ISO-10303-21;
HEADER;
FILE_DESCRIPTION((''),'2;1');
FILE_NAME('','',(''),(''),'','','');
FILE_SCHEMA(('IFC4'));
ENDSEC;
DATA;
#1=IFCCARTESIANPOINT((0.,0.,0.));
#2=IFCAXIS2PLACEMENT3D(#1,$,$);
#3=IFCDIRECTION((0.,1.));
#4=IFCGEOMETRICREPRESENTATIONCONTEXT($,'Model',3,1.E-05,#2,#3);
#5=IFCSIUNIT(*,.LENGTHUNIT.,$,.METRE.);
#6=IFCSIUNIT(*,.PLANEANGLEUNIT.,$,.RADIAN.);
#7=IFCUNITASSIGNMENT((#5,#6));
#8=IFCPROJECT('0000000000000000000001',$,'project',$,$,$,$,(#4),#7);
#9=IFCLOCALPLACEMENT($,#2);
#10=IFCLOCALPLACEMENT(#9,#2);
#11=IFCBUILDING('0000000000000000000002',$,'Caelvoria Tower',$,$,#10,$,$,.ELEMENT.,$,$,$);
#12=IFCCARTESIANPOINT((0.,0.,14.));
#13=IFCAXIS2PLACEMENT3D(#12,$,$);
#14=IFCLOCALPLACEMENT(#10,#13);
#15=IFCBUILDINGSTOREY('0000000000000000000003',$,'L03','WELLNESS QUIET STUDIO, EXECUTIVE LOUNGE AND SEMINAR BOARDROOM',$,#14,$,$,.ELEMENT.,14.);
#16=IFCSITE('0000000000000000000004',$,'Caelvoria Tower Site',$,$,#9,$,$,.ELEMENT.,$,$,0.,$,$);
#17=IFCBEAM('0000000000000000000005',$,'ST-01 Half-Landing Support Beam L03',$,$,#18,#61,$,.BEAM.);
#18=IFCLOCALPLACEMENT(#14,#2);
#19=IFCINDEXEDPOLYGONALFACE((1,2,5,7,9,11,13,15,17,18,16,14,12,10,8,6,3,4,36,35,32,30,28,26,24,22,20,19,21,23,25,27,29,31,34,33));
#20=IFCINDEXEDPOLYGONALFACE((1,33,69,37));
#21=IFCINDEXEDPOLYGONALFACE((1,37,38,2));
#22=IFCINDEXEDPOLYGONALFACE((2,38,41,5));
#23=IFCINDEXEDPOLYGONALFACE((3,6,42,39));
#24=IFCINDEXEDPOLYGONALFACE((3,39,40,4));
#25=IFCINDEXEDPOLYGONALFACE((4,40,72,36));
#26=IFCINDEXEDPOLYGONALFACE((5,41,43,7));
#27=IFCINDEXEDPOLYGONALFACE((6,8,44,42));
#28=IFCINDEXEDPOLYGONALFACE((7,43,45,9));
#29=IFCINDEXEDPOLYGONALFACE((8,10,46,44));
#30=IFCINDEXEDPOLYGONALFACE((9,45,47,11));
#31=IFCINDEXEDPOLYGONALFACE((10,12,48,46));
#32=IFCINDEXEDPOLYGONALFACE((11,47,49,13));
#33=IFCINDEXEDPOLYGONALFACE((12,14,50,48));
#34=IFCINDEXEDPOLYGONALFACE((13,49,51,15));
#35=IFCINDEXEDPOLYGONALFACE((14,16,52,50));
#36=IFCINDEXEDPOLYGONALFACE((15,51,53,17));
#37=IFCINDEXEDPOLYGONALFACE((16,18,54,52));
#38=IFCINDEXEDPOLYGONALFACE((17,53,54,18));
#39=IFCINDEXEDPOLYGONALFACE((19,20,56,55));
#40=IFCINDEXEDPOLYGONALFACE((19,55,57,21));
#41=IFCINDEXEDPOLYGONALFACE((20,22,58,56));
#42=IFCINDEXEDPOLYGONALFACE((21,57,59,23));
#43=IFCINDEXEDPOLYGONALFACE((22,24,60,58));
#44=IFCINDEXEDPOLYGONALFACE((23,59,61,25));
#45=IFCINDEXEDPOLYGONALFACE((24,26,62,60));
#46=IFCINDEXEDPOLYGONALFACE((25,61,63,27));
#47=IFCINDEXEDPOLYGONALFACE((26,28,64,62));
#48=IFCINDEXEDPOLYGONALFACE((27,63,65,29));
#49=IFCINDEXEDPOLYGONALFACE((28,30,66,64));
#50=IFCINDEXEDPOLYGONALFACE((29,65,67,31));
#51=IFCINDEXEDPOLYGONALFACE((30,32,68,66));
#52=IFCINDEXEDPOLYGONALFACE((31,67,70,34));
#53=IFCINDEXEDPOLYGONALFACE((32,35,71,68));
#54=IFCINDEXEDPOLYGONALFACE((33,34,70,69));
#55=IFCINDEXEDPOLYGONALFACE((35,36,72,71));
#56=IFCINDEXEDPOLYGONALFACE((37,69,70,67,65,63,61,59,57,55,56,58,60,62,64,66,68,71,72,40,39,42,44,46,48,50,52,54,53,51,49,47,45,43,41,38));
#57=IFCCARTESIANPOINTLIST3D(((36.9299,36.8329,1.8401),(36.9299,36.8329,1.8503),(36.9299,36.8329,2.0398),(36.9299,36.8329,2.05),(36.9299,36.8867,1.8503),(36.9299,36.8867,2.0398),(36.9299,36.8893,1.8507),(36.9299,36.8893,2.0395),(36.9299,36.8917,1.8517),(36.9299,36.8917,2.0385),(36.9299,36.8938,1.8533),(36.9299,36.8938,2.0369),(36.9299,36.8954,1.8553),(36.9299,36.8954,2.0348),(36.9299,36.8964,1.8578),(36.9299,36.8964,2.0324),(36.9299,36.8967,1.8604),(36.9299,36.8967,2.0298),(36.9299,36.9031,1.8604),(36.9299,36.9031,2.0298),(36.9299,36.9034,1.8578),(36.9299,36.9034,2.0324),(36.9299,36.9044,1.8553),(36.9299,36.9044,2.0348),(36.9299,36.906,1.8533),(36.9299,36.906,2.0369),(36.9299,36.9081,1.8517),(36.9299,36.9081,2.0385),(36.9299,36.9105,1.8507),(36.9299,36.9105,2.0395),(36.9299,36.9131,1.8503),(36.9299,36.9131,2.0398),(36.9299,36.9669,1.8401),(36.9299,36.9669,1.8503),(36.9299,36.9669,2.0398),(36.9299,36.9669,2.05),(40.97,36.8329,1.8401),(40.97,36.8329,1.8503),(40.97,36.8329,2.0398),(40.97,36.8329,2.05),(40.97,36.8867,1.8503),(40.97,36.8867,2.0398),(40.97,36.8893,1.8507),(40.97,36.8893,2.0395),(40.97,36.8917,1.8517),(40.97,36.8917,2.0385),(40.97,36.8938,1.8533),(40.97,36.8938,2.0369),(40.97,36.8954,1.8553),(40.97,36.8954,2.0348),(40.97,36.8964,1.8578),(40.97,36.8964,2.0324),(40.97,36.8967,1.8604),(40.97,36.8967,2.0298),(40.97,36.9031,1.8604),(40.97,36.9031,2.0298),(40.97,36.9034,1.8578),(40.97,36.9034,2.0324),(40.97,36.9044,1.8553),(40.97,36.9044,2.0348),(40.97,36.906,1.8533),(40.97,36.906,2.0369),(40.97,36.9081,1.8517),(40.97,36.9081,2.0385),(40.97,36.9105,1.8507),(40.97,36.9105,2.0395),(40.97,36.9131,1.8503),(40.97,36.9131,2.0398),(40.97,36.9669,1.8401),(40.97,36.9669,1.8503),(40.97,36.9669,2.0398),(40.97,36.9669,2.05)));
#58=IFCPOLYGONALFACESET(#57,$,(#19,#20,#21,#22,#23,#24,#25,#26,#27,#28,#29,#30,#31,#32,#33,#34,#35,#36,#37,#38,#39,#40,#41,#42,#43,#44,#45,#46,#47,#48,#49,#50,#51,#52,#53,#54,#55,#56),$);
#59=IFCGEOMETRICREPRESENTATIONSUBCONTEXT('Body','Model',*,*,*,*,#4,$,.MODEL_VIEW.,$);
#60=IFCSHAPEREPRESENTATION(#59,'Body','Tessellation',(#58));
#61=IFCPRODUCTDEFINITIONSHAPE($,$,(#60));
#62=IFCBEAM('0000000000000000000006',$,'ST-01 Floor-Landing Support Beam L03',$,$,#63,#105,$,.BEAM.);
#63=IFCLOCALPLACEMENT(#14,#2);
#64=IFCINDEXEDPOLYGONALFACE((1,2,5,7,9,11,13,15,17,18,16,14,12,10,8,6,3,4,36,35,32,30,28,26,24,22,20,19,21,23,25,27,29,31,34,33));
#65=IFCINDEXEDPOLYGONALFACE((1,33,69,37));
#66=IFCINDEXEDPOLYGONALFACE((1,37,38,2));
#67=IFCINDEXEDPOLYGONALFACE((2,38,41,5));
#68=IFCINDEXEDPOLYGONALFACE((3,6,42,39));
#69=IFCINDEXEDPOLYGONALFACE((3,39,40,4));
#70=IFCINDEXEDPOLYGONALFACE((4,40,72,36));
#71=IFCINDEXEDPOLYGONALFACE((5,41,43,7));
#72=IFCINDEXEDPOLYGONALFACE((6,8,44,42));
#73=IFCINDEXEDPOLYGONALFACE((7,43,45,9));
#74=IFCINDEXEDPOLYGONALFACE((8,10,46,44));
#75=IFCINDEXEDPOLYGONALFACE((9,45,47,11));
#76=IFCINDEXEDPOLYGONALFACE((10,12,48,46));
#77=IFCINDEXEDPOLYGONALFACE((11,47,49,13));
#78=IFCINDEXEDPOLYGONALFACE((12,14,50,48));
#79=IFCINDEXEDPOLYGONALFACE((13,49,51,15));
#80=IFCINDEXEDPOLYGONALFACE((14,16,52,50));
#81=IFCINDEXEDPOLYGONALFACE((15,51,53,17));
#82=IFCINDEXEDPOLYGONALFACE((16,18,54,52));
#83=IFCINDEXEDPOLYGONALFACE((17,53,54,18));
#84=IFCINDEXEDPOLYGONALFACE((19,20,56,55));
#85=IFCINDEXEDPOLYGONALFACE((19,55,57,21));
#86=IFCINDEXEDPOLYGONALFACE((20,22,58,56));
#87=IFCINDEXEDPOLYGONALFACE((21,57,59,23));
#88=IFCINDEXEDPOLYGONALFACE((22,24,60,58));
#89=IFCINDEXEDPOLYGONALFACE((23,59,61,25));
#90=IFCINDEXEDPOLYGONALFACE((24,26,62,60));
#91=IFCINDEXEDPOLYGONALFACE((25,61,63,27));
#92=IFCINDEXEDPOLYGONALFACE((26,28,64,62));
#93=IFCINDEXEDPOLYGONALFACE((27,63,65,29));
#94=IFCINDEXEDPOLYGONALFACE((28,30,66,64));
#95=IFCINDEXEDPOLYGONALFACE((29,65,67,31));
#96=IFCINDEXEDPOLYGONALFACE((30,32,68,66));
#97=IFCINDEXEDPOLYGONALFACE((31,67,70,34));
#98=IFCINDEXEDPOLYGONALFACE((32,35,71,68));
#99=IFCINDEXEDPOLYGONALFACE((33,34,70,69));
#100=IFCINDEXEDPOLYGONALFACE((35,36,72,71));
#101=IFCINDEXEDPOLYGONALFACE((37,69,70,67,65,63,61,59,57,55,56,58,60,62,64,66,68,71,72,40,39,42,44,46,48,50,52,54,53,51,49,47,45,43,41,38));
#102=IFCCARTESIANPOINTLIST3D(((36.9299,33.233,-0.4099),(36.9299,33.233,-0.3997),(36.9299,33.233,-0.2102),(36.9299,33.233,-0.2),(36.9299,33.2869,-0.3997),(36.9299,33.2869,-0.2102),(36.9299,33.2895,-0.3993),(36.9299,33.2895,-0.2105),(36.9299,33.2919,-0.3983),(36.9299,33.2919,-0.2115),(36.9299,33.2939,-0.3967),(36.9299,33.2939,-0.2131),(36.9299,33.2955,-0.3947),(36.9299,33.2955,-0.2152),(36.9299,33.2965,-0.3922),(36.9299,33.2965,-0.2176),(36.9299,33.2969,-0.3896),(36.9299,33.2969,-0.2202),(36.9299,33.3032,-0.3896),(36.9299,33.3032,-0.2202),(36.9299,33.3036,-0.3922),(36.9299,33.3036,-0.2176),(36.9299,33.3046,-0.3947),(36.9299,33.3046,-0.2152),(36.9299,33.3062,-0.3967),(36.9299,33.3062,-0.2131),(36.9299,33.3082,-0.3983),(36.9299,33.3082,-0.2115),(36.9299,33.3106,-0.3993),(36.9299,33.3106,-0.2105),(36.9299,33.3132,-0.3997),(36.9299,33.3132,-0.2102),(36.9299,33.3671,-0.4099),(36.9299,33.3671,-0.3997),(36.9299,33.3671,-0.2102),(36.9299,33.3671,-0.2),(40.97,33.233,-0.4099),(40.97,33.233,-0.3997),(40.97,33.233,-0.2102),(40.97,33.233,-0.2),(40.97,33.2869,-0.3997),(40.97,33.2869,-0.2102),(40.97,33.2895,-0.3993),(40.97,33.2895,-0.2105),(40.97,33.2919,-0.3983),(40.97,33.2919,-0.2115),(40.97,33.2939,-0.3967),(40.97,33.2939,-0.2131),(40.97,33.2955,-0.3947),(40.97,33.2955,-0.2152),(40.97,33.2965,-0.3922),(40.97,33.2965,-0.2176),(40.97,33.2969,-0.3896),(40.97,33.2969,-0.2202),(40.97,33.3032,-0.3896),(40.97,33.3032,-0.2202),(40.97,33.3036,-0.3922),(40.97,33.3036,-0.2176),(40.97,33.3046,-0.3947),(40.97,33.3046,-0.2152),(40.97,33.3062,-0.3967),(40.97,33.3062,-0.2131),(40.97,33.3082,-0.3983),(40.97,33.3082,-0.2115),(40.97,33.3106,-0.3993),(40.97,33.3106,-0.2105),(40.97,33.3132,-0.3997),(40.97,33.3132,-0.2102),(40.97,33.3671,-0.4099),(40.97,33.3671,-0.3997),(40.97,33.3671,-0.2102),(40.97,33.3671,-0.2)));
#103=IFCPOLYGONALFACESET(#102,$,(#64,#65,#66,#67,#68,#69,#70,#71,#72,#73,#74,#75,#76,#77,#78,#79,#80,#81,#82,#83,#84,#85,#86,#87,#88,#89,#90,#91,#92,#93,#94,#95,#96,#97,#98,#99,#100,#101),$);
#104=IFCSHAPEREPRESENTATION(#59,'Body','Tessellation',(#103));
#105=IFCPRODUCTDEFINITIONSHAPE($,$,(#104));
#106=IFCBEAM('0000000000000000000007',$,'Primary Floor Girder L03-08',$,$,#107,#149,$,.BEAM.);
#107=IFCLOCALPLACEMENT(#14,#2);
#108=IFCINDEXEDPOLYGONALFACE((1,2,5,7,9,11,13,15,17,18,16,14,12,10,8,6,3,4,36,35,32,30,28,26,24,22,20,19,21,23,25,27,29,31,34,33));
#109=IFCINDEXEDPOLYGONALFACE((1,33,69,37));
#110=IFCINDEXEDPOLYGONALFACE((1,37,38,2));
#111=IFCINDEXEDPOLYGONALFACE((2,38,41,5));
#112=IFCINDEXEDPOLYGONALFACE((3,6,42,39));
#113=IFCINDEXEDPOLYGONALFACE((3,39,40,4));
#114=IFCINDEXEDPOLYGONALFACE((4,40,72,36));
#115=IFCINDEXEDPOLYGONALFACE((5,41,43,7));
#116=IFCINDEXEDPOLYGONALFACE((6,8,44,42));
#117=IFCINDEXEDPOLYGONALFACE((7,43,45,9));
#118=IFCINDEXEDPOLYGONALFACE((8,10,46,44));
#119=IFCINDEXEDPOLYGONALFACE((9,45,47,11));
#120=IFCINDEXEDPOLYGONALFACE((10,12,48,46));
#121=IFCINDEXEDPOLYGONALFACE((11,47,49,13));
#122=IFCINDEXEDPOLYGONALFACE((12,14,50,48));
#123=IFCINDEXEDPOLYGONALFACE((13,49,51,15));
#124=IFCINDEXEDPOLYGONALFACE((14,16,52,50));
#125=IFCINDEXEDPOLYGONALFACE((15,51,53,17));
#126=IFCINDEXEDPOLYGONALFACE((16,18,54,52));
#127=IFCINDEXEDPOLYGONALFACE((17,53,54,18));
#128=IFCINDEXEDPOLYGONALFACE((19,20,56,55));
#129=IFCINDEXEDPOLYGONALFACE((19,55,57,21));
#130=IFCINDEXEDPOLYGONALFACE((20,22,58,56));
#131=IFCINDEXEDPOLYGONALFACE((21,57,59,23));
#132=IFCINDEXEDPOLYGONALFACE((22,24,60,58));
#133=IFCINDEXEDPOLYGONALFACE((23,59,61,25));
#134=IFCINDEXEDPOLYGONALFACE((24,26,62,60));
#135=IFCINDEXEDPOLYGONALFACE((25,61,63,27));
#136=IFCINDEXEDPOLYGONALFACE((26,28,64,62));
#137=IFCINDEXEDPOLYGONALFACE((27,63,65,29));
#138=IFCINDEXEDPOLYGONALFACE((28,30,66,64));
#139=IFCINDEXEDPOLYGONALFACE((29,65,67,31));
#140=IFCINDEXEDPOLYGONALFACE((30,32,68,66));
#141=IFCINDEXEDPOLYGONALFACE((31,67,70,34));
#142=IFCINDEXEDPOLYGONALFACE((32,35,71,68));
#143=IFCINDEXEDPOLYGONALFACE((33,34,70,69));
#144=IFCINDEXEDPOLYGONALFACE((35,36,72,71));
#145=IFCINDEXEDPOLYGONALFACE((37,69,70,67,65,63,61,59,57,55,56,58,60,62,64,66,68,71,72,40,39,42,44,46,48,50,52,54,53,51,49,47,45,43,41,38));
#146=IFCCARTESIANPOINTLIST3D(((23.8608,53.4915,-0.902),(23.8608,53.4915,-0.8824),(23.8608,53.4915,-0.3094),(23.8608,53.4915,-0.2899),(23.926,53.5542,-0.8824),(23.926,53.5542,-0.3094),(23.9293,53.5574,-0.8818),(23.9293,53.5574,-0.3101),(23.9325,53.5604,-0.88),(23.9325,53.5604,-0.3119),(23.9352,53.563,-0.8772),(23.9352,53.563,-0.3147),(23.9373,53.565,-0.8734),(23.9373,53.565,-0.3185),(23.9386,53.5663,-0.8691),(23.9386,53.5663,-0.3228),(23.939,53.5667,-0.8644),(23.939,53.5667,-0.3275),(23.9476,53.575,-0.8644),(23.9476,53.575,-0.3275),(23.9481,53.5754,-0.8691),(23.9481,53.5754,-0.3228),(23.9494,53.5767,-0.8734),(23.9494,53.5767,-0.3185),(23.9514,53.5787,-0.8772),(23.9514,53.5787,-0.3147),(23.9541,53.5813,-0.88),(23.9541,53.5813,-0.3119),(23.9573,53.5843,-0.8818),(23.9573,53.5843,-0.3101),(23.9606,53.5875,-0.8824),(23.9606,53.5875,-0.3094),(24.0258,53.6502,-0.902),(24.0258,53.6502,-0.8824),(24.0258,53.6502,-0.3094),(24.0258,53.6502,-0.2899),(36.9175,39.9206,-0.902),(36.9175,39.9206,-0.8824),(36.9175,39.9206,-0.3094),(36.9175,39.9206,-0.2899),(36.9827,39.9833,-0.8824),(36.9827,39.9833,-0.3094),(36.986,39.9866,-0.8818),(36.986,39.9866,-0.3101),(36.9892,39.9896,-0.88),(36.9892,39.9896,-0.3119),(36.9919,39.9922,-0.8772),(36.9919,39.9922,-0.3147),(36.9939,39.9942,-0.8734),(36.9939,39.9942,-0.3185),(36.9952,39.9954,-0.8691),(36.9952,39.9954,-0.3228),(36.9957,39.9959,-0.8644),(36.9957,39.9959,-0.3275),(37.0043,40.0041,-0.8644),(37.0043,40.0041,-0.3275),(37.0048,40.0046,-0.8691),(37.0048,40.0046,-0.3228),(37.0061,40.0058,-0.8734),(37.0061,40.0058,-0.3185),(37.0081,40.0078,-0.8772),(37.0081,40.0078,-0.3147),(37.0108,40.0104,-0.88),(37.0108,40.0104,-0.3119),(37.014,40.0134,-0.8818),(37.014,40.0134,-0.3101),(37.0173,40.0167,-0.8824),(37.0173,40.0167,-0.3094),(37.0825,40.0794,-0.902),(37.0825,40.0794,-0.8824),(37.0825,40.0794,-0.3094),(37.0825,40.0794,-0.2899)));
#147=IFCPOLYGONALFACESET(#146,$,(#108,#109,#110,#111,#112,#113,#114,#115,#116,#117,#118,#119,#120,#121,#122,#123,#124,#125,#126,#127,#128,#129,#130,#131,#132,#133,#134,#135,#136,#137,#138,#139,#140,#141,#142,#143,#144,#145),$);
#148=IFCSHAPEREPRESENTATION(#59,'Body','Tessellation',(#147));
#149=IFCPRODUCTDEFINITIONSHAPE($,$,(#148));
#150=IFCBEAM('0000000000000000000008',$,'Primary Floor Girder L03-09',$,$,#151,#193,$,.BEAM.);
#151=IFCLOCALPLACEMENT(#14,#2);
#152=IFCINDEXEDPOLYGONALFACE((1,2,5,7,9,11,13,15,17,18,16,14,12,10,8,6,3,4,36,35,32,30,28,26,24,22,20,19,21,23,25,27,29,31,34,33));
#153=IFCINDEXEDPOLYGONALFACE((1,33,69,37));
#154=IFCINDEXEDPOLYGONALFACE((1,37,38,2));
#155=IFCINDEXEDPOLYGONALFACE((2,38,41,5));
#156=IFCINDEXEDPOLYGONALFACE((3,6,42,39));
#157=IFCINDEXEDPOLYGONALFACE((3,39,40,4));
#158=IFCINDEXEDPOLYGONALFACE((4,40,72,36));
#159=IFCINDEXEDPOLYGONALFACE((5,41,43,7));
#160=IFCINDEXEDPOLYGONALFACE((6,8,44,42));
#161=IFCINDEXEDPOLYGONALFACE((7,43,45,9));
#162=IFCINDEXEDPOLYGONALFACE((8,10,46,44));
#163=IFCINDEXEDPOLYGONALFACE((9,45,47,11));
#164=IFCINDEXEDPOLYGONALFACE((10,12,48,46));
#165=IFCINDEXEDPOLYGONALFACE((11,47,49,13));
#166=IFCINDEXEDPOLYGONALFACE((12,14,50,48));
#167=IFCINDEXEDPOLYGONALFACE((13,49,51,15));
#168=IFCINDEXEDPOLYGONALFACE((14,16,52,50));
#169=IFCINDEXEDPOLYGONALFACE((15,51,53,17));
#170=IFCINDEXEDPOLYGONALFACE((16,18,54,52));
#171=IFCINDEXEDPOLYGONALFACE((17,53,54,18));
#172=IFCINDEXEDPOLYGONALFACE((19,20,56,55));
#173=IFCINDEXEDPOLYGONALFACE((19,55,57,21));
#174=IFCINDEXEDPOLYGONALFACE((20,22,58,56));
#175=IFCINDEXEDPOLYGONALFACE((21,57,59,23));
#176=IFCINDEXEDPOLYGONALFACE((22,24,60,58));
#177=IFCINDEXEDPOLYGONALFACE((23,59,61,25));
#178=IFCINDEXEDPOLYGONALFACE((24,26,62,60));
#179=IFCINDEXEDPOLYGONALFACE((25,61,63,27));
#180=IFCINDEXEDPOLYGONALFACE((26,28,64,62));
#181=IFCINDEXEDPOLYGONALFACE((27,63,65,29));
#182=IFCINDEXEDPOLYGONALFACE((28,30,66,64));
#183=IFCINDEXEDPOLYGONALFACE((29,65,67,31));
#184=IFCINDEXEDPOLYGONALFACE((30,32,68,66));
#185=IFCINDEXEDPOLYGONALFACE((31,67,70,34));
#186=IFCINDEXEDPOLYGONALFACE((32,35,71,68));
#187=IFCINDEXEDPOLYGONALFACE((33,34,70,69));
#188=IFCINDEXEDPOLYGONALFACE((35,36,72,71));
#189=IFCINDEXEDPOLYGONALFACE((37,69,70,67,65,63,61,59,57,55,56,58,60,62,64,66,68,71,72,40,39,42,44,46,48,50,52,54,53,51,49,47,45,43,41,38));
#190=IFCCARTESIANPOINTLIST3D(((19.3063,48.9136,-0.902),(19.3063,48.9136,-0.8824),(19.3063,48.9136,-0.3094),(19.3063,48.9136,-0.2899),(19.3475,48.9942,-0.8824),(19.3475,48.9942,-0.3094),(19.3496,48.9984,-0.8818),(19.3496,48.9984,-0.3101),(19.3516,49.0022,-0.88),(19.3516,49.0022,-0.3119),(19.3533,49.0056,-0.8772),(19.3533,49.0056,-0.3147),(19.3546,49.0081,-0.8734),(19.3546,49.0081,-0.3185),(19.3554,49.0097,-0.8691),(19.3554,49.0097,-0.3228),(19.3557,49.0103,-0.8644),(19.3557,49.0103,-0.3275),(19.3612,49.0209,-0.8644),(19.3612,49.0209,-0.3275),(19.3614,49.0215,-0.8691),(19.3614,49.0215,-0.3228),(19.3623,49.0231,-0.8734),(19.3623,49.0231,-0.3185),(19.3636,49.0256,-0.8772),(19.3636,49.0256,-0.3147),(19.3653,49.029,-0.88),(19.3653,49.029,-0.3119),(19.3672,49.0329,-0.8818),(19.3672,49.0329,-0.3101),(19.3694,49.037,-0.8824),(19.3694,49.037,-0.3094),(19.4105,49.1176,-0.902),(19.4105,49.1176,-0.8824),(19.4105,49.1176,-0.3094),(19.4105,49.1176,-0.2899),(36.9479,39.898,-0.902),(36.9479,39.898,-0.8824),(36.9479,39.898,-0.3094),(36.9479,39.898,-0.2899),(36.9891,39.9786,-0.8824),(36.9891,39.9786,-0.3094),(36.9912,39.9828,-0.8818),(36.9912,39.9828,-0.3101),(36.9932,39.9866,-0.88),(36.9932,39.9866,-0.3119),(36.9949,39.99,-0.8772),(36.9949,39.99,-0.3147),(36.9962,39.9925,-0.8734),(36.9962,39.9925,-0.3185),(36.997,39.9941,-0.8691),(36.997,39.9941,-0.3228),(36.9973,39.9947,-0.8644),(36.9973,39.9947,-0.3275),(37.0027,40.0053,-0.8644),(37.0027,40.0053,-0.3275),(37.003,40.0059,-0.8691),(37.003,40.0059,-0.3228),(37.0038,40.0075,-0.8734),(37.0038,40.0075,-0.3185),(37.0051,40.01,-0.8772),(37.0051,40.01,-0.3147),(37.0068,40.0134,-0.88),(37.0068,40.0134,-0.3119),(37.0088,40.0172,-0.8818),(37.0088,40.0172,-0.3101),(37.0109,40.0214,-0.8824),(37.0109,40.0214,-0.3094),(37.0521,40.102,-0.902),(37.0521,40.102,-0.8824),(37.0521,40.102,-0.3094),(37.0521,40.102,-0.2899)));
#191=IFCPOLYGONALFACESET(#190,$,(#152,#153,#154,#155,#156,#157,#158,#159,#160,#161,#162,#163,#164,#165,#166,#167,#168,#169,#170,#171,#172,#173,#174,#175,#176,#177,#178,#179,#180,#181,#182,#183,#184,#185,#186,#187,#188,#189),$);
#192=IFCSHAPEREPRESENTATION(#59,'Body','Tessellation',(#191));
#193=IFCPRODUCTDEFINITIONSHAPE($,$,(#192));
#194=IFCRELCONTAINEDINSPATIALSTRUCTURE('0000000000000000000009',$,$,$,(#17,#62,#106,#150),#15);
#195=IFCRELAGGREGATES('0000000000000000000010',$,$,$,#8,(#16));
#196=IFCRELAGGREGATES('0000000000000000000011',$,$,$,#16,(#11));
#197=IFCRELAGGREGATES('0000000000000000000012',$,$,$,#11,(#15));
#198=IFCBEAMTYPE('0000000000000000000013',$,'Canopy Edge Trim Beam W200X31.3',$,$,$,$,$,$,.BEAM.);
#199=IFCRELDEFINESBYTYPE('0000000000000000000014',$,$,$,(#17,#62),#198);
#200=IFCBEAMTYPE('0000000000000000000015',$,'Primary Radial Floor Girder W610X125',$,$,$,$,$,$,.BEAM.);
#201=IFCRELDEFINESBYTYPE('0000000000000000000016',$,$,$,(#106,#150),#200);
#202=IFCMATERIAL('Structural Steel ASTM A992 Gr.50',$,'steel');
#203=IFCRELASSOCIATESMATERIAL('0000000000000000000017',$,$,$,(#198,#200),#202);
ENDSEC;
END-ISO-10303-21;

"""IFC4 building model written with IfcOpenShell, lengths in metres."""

from ifc_helpers import new_model, si_unit, direction, frame, origin, origin_2d, place, context, subcontext, project, spatial, i_section, extrude, material, material_profile, profile_set, type_object, element, save


model = new_model("IFC4")

# Units and contexts
model_context = context("Model", 3, precision=1e-05, world=origin(), true_north=direction((0.0, 1.0)))
body_context = subcontext(model_context, "Body", "Model", "MODEL_VIEW")
ifc_project = project(units=[si_unit("LENGTHUNIT", "METRE"), si_unit("PLANEANGLEUNIT", "RADIAN")], contexts=[model_context])

# Site, building, storey
site_placement = place(None, origin())
site = spatial("IfcSite", under=ifc_project, at=site_placement, Name="Caelvoria Tower Site", CompositionType="ELEMENT", RefElevation=0.0)
building_placement = place(site_placement, origin())
building = spatial("IfcBuilding", under=site, at=building_placement, Name="Caelvoria Tower", CompositionType="ELEMENT")
storey_placement = place(building_placement, frame((0.0, 0.0, 14.0)))
storey = spatial("IfcBuildingStorey", under=building, at=storey_placement, Name="L03", Description="WELLNESS QUIET STUDIO, EXECUTIVE LOUNGE AND SEMINAR BOARDROOM", CompositionType="ELEMENT", Elevation=14.0)

# Beams
ifc_material_1 = material(Name="Structural Steel ASTM A992 Gr.50", Category="steel")
ifc_material_profile_1 = material_profile(ifc_material_1, i_section(OverallWidth=0.134, OverallDepth=0.21, WebThickness=0.0063, FlangeThickness=0.0103, FilletRadius=0.01, at=origin_2d()), Name="Structural Steel ASTM A992 Gr.50")
ifc_profile_set_1 = profile_set([ifc_material_profile_1], Name="W200X31.3 - Structural Steel ASTM A992 Gr.50")
beam_type_1 = type_object("IfcBeamType", Name="Canopy Edge Trim Beam W200X31.3", PredefinedType="BEAM", material=ifc_profile_set_1)
for number, where, z_axis, x_axis, name in (
    (1, (36.9299, 36.8999, 1.9451), (1.0, 0.0, 0.0), (0.0, 1.0, 0.0), "ST-01 Half-Landing Support Beam L03"),
    (2, (36.9299, 33.3, -0.3049), (1.0, 0.0, 0.0), (0.0, 1.0, 0.0), "ST-01 Floor-Landing Support Beam L03"),
):
    element("IfcBeam", number, at=place(storey_placement, frame(where, z_axis=z_axis, x_axis=x_axis)), inside=storey, type_object=beam_type_1, Name=name, PredefinedType="BEAM", context=body_context, shape_type="SweptSolid", body=[
        extrude(i_section(OverallWidth=0.134, OverallDepth=0.21, WebThickness=0.0063, FlangeThickness=0.0103, FilletRadius=0.01, at=origin_2d()), origin(), (0.0, 0.0, 1.0), 4.04),
    ])
ifc_material_profile_2 = material_profile(ifc_material_1, i_section(OverallWidth=0.229, OverallDepth=0.6121, WebThickness=0.012, FlangeThickness=0.0195, FilletRadius=0.0181, at=origin_2d()), Name="Structural Steel ASTM A992 Gr.50")
ifc_profile_set_2 = profile_set([ifc_material_profile_2], Name="W610X125 - Structural Steel ASTM A992 Gr.50")
beam_type_2 = type_object("IfcBeamType", Name="Primary Radial Floor Girder W610X125", PredefinedType="BEAM", material=ifc_profile_set_2)
beam_1_placement = place(storey_placement, frame((37.0, 40.0, -0.5959), z_axis=(-0.693324, 0.720626, 0.0), x_axis=(-0.720626, -0.693324, 0.0)))
element("IfcBeam", 3, at=beam_1_placement, inside=storey, type_object=beam_type_2, Name="Primary Floor Girder L03-08", PredefinedType="BEAM", context=body_context, shape_type="SweptSolid", body=[
    extrude(i_section(OverallWidth=0.229, OverallDepth=0.6121, WebThickness=0.012, FlangeThickness=0.0195, FilletRadius=0.0181, at=origin_2d()), origin(), (0.0, 0.0, 1.0), 18.832),
])
beam_2_placement = place(storey_placement, frame((37.0, 40.0, -0.5959), z_axis=(-0.890459, 0.455063, 0.0), x_axis=(-0.455063, -0.890459, 0.0)))
element("IfcBeam", 4, at=beam_2_placement, inside=storey, type_object=beam_type_2, Name="Primary Floor Girder L03-09", PredefinedType="BEAM", context=body_context, shape_type="SweptSolid", body=[
    extrude(i_section(OverallWidth=0.229, OverallDepth=0.6121, WebThickness=0.012, FlangeThickness=0.0195, FilletRadius=0.0181, at=origin_2d()), origin(), (0.0, 0.0, 1.0), 19.8118),
])

save(model, "model.ifc")
